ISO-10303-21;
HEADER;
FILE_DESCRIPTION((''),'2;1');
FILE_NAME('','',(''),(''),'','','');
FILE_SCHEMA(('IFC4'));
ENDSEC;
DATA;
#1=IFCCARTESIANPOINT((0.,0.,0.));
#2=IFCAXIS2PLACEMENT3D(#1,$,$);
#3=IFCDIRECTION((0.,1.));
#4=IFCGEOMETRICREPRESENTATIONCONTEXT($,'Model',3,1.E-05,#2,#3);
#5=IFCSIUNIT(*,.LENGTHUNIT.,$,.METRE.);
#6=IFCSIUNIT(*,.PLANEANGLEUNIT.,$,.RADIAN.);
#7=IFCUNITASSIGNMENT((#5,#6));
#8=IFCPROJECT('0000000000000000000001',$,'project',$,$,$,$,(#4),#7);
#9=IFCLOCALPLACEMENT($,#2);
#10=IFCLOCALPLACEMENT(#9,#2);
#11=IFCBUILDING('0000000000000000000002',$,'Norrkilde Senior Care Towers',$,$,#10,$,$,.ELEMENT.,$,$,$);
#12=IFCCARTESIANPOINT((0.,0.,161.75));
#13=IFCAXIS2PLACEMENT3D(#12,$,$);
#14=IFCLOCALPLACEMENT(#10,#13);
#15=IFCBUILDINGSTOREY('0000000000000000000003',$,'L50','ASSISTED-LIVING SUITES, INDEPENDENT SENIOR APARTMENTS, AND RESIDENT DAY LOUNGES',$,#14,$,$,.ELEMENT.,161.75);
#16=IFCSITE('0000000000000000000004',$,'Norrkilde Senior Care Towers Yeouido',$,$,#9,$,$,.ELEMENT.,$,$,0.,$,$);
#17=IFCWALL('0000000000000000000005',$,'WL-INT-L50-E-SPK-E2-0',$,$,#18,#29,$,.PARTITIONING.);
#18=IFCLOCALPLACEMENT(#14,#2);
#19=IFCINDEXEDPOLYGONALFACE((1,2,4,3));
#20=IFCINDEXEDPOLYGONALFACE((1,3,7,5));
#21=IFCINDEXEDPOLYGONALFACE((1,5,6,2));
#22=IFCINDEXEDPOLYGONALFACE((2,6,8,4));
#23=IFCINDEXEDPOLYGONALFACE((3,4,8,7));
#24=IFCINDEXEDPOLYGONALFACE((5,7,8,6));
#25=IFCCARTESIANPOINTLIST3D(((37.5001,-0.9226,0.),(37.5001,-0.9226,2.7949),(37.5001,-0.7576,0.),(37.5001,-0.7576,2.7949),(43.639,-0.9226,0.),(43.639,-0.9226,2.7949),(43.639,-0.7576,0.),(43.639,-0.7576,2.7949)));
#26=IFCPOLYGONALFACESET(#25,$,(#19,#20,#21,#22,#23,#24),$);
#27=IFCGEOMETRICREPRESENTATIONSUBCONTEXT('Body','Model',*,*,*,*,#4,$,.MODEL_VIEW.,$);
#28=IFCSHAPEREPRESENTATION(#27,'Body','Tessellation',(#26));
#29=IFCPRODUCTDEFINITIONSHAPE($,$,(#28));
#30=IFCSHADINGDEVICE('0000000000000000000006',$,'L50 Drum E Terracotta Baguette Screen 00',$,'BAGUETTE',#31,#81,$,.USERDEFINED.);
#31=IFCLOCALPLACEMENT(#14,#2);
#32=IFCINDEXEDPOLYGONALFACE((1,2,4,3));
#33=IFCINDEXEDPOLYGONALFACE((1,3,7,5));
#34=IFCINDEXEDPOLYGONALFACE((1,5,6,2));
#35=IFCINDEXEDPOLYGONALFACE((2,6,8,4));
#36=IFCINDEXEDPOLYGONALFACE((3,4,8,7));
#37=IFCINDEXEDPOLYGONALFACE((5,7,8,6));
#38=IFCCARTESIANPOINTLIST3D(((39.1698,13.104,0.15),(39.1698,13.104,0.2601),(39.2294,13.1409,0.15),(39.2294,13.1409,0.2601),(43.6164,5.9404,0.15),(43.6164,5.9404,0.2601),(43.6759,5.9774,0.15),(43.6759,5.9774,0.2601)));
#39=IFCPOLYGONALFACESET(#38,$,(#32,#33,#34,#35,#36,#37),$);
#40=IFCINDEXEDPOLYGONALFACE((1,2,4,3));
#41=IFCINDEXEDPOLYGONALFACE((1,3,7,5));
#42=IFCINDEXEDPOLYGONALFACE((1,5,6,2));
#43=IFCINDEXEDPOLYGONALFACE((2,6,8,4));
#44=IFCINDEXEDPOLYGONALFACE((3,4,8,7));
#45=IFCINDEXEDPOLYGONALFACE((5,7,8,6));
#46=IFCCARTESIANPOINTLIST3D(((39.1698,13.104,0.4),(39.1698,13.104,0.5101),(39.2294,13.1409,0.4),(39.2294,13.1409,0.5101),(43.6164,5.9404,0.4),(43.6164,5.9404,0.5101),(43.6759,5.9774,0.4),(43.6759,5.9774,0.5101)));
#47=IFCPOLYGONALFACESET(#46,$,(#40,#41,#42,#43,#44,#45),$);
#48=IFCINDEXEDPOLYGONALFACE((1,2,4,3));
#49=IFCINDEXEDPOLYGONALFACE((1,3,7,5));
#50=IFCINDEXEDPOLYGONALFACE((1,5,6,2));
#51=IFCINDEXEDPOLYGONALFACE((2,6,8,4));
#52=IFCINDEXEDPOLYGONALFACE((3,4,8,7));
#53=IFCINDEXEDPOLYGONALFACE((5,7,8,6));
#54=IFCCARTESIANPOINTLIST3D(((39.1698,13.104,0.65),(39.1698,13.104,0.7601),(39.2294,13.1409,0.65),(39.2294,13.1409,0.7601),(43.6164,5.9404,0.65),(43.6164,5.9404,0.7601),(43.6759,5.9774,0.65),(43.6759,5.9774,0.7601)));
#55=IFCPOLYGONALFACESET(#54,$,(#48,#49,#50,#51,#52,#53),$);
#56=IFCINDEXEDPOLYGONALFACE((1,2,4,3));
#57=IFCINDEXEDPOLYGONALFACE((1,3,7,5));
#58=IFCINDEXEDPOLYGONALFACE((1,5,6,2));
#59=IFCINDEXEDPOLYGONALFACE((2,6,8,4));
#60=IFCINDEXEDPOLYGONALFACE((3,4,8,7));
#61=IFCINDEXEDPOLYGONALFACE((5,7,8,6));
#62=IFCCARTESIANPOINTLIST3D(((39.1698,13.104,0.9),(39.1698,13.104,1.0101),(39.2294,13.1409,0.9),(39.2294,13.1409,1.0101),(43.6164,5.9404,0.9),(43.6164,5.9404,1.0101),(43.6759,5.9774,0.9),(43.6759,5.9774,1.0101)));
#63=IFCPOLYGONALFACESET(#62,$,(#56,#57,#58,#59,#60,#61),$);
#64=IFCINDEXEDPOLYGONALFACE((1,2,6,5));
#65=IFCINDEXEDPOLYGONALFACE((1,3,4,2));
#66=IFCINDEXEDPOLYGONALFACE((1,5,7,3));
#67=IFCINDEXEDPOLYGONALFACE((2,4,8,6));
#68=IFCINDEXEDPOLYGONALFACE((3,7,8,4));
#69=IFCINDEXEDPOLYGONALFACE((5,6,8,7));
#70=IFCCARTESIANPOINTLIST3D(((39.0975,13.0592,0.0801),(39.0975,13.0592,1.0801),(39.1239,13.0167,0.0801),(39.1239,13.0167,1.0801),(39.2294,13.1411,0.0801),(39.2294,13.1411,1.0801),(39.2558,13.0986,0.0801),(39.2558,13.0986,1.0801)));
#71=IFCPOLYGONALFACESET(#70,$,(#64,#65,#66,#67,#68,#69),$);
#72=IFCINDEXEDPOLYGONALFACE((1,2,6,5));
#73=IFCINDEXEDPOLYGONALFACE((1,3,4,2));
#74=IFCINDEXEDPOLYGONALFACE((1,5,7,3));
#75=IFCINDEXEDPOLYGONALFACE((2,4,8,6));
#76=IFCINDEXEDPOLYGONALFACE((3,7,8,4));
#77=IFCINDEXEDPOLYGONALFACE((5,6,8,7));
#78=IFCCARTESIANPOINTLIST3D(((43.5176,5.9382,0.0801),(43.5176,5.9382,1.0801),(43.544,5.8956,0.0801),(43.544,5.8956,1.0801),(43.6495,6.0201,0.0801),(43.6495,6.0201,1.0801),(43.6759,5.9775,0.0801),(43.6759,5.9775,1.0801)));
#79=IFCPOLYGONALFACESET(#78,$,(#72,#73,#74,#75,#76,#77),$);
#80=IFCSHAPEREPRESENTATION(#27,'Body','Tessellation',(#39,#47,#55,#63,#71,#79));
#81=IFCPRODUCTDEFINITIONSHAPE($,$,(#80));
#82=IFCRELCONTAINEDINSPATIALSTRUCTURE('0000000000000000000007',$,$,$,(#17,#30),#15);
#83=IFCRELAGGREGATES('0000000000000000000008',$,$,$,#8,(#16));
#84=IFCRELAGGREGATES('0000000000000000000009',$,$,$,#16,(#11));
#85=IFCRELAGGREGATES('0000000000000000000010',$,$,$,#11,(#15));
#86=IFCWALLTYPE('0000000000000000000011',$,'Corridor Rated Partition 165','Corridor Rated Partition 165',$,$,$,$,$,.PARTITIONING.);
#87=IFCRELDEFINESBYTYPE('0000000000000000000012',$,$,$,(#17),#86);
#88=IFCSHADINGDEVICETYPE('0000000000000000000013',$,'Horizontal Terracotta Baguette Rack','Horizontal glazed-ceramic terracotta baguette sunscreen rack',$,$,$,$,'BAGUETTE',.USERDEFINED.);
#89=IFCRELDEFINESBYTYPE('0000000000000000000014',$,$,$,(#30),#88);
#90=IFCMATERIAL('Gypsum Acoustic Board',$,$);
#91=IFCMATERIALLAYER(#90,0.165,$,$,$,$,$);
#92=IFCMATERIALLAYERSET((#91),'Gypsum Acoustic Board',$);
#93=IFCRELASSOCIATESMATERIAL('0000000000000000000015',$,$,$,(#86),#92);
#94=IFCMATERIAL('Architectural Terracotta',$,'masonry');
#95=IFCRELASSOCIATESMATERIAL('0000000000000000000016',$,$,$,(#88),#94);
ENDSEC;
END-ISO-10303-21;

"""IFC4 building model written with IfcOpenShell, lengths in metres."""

from ifc_helpers import new_model, si_unit, direction, frame, frame_2d, origin, origin_2d, place, context, subcontext, project, spatial, rectangle, extrude, source, transform, mapped, material, layer, layer_set, type_object, type_shapes, element, save


model = new_model("IFC4")

# Units and contexts
model_context = context("Model", 3, precision=1e-05, world=origin(), true_north=direction((0.0, 1.0)))
body_context = subcontext(model_context, "Body", "Model", "MODEL_VIEW")
ifc_project = project(units=[si_unit("LENGTHUNIT", "METRE"), si_unit("PLANEANGLEUNIT", "RADIAN")], contexts=[model_context])

# Site, building, storey
site_placement = place(None, origin())
site = spatial("IfcSite", under=ifc_project, at=site_placement, Name="Norrkilde Senior Care Towers Yeouido", CompositionType="ELEMENT", RefElevation=0.0)
building_placement = place(site_placement, origin())
building = spatial("IfcBuilding", under=site, at=building_placement, Name="Norrkilde Senior Care Towers", CompositionType="ELEMENT")
storey_placement = place(building_placement, frame((0.0, 0.0, 161.75)))
storey = spatial("IfcBuildingStorey", under=building, at=storey_placement, Name="L50", Description="ASSISTED-LIVING SUITES, INDEPENDENT SENIOR APARTMENTS, AND RESIDENT DAY LOUNGES", CompositionType="ELEMENT", Elevation=161.75)

# Shared definitions
ifc_material_1 = material(Name="Gypsum Acoustic Board")
ifc_layer_1 = layer(ifc_material_1, 0.165)
ifc_layer_set_1 = layer_set([ifc_layer_1], Name="Gypsum Acoustic Board")
wall_type_1 = type_object("IfcWallType", Name="Corridor Rated Partition 165", Description="Corridor Rated Partition 165", PredefinedType="PARTITIONING", material=ifc_layer_set_1)

# Shared definitions
shared_shape_1 = source(origin(), body_context, "Body", "SweptSolid", [
    extrude(rectangle(XDim=6.1389, YDim=0.165, at=frame_2d((3.0693, 0.0))), origin(), (0.0, 0.0, 1.0), 2.7949),
])

# Wall
wall_1_placement = place(storey_placement, frame((43.6389, -0.8401, 0.0), z_axis=(0.0, 0.0, 1.0), x_axis=(-1.0, 0.0, 0.0)))
element("IfcWall", 1, at=wall_1_placement, inside=storey, type_object=wall_type_1, Name="WL-INT-L50-E-SPK-E2-0", PredefinedType="PARTITIONING", context=body_context, shape_type="MappedRepresentation", body=[
    mapped(shared_shape_1, transform((0.0, 0.0, 0.0), x_axis=(1.0, 0.0, 0.0), y_axis=(0.0, 1.0, 0.0), z_axis=(0.0, 0.0, 1.0), scale=1.0)),
])

# Shading device
ifc_material_2 = material(Name="Architectural Terracotta", Category="masonry")
shading_device_type = type_object("IfcShadingDeviceType", Name="Horizontal Terracotta Baguette Rack", Description="Horizontal glazed-ceramic terracotta baguette sunscreen rack", ElementType="BAGUETTE", PredefinedType="USERDEFINED", material=ifc_material_2)
shared_shape_2 = source(origin(), body_context, "Body", "SweptSolid", [
    extrude(rectangle(XDim=0.0701, YDim=0.1101, at=origin_2d()), frame((0.0, 0.0901, 0.125), z_axis=(1.0, 0.0, 0.0), x_axis=(0.0, 1.0, 0.0)), (0.0, 0.0, 1.0), 8.4314),
    extrude(rectangle(XDim=0.0701, YDim=0.1101, at=origin_2d()), frame((0.0, 0.0901, 0.375), z_axis=(1.0, 0.0, 0.0), x_axis=(0.0, 1.0, 0.0)), (0.0, 0.0, 1.0), 8.4314),
    extrude(rectangle(XDim=0.0701, YDim=0.1101, at=origin_2d()), frame((0.0, 0.0901, 0.625), z_axis=(1.0, 0.0, 0.0), x_axis=(0.0, 1.0, 0.0)), (0.0, 0.0, 1.0), 8.4314),
    extrude(rectangle(XDim=0.0701, YDim=0.1101, at=origin_2d()), frame((0.0, 0.0901, 0.875), z_axis=(1.0, 0.0, 0.0), x_axis=(0.0, 1.0, 0.0)), (0.0, 0.0, 1.0), 8.4314),
    extrude(rectangle(XDim=0.05, YDim=0.1553, at=origin_2d()), frame((0.0249, 0.0476, 0.0)), (0.0, 0.0, 1.0), 1.0),
    extrude(rectangle(XDim=0.05, YDim=0.1553, at=origin_2d()), frame((8.4062, 0.0476, 0.0)), (0.0, 0.0, 1.0), 1.0),
])
type_shapes(shading_device_type, [shared_shape_2])
shading_device_placement = place(storey_placement, frame((39.123, 13.075, 0.0801), z_axis=(0.0, 0.0, 1.0), x_axis=(0.527378, -0.849631, 0.0)))
element("IfcShadingDevice", 2, at=shading_device_placement, inside=storey, type_object=shading_device_type, Name="L50 Drum E Terracotta Baguette Screen 00", ObjectType="BAGUETTE", PredefinedType="USERDEFINED", context=body_context, shape_type="MappedRepresentation", body=[
    mapped(shared_shape_2, transform((0.0, 0.0, 0.0), x_axis=(1.0, 0.0, 0.0), y_axis=(0.0, 1.0, 0.0), z_axis=(0.0, 0.0, 1.0), scale=1.0)),
])

save(model, "model.ifc")
